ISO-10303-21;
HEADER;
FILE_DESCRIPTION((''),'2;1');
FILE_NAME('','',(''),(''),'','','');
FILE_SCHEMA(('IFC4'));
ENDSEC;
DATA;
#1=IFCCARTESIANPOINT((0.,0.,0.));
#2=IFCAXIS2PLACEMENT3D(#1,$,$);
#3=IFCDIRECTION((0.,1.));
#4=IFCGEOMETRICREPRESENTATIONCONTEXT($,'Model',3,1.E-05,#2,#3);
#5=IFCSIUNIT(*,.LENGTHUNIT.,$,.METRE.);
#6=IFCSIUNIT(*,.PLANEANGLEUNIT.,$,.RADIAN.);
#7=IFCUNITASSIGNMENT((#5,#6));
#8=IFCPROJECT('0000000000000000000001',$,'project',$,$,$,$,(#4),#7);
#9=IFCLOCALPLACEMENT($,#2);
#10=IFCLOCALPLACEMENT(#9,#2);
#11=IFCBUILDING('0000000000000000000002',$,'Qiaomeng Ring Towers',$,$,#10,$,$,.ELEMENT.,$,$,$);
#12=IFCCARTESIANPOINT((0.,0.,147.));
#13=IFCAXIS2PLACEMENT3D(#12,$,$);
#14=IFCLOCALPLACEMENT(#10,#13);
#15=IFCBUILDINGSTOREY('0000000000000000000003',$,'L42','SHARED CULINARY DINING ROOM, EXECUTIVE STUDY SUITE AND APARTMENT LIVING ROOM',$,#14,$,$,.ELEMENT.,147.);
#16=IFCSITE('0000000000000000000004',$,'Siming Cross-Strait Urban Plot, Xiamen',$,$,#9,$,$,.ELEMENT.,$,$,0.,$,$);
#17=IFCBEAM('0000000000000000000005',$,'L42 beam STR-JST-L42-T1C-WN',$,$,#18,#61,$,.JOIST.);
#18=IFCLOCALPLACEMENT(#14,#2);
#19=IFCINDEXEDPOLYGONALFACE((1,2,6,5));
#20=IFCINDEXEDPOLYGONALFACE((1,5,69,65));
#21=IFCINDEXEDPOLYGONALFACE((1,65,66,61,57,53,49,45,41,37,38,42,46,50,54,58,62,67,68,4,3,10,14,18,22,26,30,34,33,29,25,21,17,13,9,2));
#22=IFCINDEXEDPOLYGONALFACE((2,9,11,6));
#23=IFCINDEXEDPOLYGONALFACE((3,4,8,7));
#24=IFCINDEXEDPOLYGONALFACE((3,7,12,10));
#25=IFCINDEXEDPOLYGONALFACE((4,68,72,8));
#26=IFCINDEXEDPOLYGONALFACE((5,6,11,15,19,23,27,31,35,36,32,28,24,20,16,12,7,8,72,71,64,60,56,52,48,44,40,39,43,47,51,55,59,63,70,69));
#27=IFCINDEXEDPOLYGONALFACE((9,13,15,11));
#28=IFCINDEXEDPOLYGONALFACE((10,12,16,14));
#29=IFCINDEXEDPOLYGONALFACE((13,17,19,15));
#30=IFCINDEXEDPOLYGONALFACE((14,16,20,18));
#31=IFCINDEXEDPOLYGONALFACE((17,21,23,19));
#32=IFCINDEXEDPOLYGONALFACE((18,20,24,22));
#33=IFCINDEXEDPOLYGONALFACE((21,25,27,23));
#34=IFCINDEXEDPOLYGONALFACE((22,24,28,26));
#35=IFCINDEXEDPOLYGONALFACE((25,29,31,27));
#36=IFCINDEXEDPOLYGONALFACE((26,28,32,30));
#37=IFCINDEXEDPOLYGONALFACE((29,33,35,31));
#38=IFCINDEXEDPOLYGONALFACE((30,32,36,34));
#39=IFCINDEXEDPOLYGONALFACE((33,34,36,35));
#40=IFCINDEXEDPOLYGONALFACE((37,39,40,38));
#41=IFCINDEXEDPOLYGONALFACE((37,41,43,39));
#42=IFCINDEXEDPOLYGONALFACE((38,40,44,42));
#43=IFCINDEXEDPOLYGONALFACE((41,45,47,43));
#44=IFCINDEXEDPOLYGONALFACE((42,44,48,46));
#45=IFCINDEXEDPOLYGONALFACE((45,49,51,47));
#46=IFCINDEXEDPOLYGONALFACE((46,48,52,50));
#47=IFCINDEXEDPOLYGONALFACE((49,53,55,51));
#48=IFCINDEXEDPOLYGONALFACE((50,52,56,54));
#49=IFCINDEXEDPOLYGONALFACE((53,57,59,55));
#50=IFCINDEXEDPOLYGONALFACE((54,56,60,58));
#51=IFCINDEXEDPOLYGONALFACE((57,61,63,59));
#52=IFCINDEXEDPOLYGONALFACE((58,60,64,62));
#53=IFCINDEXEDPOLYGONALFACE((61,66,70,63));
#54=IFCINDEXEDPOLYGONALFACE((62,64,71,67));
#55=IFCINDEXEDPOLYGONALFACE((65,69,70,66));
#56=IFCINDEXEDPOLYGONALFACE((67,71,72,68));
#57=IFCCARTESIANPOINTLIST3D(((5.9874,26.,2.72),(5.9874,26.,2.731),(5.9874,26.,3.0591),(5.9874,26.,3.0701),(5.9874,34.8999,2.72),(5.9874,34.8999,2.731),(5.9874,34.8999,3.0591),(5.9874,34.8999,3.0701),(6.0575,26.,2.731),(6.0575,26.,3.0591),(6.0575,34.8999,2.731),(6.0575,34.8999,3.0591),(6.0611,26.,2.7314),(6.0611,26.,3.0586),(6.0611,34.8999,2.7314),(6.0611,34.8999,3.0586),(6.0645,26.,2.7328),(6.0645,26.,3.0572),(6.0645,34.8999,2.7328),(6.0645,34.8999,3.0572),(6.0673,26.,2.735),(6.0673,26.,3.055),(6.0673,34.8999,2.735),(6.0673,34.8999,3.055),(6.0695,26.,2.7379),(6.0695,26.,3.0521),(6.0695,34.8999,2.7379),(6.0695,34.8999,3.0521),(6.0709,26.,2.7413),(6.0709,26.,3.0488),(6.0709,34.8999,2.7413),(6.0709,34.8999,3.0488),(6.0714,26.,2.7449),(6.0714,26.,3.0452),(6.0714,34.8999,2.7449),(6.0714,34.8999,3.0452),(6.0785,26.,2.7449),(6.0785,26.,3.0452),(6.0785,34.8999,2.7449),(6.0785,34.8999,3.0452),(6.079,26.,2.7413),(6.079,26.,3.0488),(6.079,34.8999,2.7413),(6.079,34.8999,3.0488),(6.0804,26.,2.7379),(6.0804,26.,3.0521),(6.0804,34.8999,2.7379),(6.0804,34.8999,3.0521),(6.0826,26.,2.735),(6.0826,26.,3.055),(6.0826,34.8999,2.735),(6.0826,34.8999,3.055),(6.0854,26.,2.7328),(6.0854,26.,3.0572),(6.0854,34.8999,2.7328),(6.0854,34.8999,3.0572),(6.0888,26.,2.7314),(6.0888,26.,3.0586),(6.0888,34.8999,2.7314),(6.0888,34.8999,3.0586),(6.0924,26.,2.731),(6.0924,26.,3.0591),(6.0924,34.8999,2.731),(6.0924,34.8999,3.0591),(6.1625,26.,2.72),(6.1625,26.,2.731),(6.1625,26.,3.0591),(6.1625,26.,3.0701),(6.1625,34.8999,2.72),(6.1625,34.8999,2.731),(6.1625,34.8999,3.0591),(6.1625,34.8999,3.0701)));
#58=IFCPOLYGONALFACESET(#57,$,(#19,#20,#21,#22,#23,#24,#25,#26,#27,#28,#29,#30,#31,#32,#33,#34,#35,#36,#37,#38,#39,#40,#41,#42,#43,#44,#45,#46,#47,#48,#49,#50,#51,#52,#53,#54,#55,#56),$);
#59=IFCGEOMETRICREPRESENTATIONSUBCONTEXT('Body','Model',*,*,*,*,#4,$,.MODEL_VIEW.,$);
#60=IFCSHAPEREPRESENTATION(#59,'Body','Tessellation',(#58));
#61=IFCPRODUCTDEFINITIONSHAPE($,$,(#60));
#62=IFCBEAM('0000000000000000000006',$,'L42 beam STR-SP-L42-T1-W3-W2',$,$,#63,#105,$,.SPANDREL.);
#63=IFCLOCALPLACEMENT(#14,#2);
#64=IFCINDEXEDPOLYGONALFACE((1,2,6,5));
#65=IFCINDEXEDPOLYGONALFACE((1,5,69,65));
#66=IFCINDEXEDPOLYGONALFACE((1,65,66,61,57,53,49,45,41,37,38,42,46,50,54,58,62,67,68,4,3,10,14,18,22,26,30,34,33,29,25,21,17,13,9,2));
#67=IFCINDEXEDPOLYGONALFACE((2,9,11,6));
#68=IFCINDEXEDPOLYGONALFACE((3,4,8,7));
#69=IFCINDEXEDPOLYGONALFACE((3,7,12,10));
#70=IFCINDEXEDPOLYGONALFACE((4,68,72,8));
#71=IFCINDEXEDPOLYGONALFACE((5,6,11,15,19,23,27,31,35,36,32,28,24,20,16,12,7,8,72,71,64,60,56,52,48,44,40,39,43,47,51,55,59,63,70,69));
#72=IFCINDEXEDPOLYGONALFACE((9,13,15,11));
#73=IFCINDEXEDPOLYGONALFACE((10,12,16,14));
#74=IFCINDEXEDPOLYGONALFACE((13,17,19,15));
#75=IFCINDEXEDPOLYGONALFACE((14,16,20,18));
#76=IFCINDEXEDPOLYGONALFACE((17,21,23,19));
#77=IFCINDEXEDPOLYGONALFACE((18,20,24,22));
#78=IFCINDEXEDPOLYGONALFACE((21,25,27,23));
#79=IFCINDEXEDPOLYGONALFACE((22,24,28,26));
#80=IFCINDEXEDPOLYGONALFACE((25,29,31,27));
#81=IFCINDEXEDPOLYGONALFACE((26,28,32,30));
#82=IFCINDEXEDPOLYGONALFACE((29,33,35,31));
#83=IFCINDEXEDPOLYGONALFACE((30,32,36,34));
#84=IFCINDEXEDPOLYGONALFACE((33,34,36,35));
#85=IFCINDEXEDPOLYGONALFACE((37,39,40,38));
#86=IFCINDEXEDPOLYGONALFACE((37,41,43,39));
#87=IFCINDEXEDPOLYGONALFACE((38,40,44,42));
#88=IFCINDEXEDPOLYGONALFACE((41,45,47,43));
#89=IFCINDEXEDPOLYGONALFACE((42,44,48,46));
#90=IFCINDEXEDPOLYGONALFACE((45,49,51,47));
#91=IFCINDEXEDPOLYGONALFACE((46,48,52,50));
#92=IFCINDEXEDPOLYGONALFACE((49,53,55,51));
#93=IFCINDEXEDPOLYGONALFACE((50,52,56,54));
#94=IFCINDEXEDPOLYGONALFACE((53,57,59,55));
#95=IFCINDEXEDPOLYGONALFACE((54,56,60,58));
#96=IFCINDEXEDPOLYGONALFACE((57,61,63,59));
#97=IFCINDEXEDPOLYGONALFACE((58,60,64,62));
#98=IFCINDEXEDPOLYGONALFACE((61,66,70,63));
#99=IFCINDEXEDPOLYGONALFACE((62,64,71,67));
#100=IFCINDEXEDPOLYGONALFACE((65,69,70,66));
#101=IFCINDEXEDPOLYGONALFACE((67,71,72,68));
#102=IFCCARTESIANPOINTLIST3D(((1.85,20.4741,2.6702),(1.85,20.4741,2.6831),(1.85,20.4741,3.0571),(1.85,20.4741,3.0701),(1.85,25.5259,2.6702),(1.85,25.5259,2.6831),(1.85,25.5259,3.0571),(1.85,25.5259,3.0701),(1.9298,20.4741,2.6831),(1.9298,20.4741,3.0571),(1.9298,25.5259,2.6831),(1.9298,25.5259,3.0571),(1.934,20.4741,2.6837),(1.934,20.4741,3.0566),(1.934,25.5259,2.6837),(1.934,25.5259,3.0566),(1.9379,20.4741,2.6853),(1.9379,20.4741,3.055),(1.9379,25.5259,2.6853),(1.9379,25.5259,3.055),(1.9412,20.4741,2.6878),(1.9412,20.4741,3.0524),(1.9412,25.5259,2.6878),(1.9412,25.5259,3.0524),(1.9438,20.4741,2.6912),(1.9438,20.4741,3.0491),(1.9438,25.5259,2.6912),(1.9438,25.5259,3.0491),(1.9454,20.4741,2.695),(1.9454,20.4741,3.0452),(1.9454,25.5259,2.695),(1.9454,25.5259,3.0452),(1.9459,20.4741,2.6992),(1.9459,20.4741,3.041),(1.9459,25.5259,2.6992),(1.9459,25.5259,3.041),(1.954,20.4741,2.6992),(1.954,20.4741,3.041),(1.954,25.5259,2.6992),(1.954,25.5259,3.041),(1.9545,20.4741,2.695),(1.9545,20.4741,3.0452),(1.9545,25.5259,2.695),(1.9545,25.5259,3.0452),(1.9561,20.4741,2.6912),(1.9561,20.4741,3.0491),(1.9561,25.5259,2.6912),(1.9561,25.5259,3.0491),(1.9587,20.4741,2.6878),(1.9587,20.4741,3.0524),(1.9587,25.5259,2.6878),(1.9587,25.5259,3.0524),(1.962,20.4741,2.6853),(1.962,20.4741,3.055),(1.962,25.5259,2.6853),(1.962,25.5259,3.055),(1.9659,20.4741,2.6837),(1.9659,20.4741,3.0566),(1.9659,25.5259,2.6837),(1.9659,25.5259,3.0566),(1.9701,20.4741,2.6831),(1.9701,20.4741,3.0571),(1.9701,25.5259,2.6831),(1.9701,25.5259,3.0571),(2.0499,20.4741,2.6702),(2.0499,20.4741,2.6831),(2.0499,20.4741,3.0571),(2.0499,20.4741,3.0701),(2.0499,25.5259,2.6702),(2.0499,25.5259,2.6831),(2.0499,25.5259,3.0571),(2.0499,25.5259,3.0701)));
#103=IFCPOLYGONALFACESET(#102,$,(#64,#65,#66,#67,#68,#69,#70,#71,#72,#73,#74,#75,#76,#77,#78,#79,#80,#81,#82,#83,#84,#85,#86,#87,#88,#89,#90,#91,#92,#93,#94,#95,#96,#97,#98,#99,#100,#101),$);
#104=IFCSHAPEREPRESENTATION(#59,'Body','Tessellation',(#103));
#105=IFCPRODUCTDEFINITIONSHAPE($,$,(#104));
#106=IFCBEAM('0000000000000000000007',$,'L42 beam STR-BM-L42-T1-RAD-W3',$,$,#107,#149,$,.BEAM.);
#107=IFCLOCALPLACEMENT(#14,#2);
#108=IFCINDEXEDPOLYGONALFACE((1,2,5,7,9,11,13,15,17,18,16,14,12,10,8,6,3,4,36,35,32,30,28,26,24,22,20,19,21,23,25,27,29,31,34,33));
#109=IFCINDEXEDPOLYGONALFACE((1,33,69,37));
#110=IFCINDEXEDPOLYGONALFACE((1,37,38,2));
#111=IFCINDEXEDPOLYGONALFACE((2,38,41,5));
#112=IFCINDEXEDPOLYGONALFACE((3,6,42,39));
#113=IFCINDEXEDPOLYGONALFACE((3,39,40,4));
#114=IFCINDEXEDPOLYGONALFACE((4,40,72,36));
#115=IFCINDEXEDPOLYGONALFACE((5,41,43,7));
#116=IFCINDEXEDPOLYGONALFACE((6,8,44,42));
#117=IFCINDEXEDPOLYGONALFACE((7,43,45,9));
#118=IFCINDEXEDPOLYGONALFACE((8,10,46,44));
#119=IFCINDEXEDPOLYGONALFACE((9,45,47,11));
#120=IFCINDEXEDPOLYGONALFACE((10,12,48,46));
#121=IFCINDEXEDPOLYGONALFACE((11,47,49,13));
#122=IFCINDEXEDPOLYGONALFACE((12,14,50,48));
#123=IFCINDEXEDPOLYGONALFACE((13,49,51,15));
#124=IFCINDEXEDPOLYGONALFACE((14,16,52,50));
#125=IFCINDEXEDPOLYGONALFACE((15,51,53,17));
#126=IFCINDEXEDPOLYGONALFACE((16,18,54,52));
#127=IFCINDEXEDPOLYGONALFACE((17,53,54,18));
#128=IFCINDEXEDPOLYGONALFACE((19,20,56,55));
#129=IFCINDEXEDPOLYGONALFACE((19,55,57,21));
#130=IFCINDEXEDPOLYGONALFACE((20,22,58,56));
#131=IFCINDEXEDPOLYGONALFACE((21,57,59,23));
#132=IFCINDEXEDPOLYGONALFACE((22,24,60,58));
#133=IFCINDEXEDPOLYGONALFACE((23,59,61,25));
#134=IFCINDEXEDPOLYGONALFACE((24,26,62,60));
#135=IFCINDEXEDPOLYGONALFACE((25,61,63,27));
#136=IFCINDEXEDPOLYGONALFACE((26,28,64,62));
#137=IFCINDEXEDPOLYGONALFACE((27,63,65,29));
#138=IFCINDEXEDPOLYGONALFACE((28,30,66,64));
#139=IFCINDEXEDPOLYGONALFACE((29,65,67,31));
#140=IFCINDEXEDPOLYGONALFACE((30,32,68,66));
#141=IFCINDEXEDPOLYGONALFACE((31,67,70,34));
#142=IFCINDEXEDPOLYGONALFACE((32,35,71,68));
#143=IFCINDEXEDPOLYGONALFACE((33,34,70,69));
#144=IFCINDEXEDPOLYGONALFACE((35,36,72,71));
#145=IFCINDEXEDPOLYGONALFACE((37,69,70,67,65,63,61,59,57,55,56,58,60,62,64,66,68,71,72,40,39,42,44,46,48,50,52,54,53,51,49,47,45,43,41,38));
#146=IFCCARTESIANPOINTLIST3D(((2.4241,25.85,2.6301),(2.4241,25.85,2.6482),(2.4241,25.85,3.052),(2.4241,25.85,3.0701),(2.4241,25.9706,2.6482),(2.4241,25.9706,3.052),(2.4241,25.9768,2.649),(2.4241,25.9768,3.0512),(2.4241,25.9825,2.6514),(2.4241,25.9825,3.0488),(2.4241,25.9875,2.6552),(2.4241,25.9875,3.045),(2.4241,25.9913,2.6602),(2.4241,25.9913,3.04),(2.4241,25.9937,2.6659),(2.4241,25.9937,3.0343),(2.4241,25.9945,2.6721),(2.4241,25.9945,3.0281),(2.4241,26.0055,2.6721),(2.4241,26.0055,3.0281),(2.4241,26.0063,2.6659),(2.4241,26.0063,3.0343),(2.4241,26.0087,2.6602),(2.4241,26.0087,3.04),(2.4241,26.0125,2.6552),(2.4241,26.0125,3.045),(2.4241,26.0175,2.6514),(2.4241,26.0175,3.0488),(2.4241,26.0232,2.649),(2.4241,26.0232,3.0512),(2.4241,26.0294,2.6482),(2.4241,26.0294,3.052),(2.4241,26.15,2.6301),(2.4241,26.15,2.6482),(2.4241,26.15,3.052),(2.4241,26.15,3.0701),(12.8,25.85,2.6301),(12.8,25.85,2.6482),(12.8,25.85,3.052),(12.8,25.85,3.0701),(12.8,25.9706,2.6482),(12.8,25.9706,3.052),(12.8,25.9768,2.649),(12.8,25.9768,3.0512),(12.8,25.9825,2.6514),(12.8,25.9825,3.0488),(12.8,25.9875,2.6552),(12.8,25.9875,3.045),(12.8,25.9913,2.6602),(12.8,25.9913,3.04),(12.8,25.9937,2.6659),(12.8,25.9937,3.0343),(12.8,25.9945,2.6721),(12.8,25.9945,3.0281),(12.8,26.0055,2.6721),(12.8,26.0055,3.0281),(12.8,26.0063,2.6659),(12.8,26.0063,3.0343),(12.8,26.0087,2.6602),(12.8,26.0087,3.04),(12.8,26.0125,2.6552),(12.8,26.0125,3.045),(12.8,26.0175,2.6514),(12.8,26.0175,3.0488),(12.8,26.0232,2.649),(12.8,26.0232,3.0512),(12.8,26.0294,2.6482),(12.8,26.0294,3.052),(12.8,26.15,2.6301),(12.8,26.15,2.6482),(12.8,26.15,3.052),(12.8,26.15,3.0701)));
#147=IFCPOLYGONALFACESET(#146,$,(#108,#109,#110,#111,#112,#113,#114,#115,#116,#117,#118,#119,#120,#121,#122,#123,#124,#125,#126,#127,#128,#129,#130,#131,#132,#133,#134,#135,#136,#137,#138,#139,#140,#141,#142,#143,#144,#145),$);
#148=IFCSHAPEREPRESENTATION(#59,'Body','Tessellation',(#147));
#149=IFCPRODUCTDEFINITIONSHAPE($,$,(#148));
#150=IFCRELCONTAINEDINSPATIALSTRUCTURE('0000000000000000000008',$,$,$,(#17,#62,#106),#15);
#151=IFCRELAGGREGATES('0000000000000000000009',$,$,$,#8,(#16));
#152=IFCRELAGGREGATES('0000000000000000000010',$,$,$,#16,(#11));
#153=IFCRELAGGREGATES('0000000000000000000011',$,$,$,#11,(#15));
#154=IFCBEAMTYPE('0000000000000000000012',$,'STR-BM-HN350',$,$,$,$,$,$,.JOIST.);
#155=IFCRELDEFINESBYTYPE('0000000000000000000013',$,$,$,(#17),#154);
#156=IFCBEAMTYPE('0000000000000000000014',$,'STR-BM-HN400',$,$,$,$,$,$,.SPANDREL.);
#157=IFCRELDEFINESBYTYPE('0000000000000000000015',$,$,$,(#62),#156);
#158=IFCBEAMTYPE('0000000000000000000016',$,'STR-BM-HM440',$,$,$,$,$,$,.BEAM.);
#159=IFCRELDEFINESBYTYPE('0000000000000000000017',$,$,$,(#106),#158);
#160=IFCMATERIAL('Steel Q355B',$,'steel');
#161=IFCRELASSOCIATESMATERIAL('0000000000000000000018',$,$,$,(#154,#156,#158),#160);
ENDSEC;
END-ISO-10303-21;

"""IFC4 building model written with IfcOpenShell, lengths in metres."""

from ifc_helpers import new_model, si_unit, direction, frame, origin, origin_2d, place, context, subcontext, project, spatial, i_section, extrude, source, transform, mapped, material, material_profile, profile_set, type_object, element, save


model = new_model("IFC4")

# Units and contexts
model_context = context("Model", 3, precision=1e-05, world=origin(), true_north=direction((0.0, 1.0)))
body_context = subcontext(model_context, "Body", "Model", "MODEL_VIEW")
ifc_project = project(units=[si_unit("LENGTHUNIT", "METRE"), si_unit("PLANEANGLEUNIT", "RADIAN")], contexts=[model_context])

# Site, building, storey
site_placement = place(None, origin())
site = spatial("IfcSite", under=ifc_project, at=site_placement, Name="Siming Cross-Strait Urban Plot, Xiamen", CompositionType="ELEMENT", RefElevation=0.0)
building_placement = place(site_placement, origin())
building = spatial("IfcBuilding", under=site, at=building_placement, Name="Qiaomeng Ring Towers", CompositionType="ELEMENT")
storey_placement = place(building_placement, frame((0.0, 0.0, 147.0)))
storey = spatial("IfcBuildingStorey", under=building, at=storey_placement, Name="L42", Description="SHARED CULINARY DINING ROOM, EXECUTIVE STUDY SUITE AND APARTMENT LIVING ROOM", CompositionType="ELEMENT", Elevation=147.0)

# Beams
ifc_material_1 = material(Name="Steel Q355B", Category="steel")
ifc_material_profile_1 = material_profile(ifc_material_1, i_section(OverallWidth=0.175, OverallDepth=0.3501, WebThickness=0.0071, FlangeThickness=0.011, FilletRadius=0.0139, at=origin_2d()), Name="HN 350x175x7x11")
ifc_profile_set_1 = profile_set([ifc_material_profile_1], Name="Steel Q355B")
beam_type_1 = type_object("IfcBeamType", Name="STR-BM-HN350", PredefinedType="JOIST", material=ifc_profile_set_1)
shared_shape_1 = source(origin(), body_context, "Body", "SweptSolid", [
    extrude(i_section(OverallWidth=0.175, OverallDepth=0.3501, WebThickness=0.0071, FlangeThickness=0.011, FilletRadius=0.0139, at=origin_2d()), origin(), (0.0, 0.0, 1.0), 8.8999),
])
beam_1_placement = place(storey_placement, frame((6.075, 26.0, 2.895), z_axis=(0.0, 1.0, 0.0), x_axis=(-1.0, 0.0, 0.0)))
element("IfcBeam", 1, at=beam_1_placement, inside=storey, type_object=beam_type_1, Name="L42 beam STR-JST-L42-T1C-WN", PredefinedType="JOIST", context=body_context, shape_type="MappedRepresentation", body=[
    mapped(shared_shape_1, transform((0.0, 0.0, 0.0), x_axis=(1.0, 0.0, 0.0), y_axis=(0.0, 1.0, 0.0), z_axis=(0.0, 0.0, 1.0), scale=1.0)),
])
ifc_material_profile_2 = material_profile(ifc_material_1, i_section(OverallWidth=0.2, OverallDepth=0.3999, WebThickness=0.0081, FlangeThickness=0.0129, FilletRadius=0.0161, at=origin_2d()), Name="HN 400x200x8x13")
ifc_profile_set_2 = profile_set([ifc_material_profile_2], Name="Steel Q355B")
beam_type_2 = type_object("IfcBeamType", Name="STR-BM-HN400", PredefinedType="SPANDREL", material=ifc_profile_set_2)
shared_shape_2 = source(origin(), body_context, "Body", "SweptSolid", [
    extrude(i_section(OverallWidth=0.2, OverallDepth=0.3999, WebThickness=0.0081, FlangeThickness=0.0129, FilletRadius=0.0161, at=origin_2d()), origin(), (0.0, 0.0, 1.0), 5.0518),
])
beam_2_placement = place(storey_placement, frame((1.95, 25.5259, 2.8701), z_axis=(0.0, -1.0, 0.0), x_axis=(1.0, 0.0, 0.0)))
element("IfcBeam", 2, at=beam_2_placement, inside=storey, type_object=beam_type_2, Name="L42 beam STR-SP-L42-T1-W3-W2", PredefinedType="SPANDREL", context=body_context, shape_type="MappedRepresentation", body=[
    mapped(shared_shape_2, transform((0.0, 0.0, 0.0), x_axis=(1.0, 0.0, 0.0), y_axis=(0.0, 1.0, 0.0), z_axis=(0.0, 0.0, 1.0), scale=1.0)),
])
ifc_material_profile_3 = material_profile(ifc_material_1, i_section(OverallWidth=0.3, OverallDepth=0.4399, WebThickness=0.011, FlangeThickness=0.0181, FilletRadius=0.0239, at=origin_2d()), Name="HM 440x300x11x18")
ifc_profile_set_3 = profile_set([ifc_material_profile_3], Name="Steel Q355B")
beam_type_3 = type_object("IfcBeamType", Name="STR-BM-HM440", PredefinedType="BEAM", material=ifc_profile_set_3)
shared_shape_3 = source(origin(), body_context, "Body", "SweptSolid", [
    extrude(i_section(OverallWidth=0.3, OverallDepth=0.4399, WebThickness=0.011, FlangeThickness=0.0181, FilletRadius=0.0239, at=origin_2d()), origin(), (0.0, 0.0, 1.0), 10.376),
])
beam_3_placement = place(storey_placement, frame((2.4241, 26.0, 2.8501), z_axis=(1.0, 0.0, 0.0), x_axis=(0.0, 1.0, 0.0)))
element("IfcBeam", 3, at=beam_3_placement, inside=storey, type_object=beam_type_3, Name="L42 beam STR-BM-L42-T1-RAD-W3", PredefinedType="BEAM", context=body_context, shape_type="MappedRepresentation", body=[
    mapped(shared_shape_3, transform((0.0, 0.0, 0.0), x_axis=(1.0, 0.0, 0.0), y_axis=(0.0, 1.0, 0.0), z_axis=(0.0, 0.0, 1.0), scale=1.0)),
])

save(model, "model.ifc")
